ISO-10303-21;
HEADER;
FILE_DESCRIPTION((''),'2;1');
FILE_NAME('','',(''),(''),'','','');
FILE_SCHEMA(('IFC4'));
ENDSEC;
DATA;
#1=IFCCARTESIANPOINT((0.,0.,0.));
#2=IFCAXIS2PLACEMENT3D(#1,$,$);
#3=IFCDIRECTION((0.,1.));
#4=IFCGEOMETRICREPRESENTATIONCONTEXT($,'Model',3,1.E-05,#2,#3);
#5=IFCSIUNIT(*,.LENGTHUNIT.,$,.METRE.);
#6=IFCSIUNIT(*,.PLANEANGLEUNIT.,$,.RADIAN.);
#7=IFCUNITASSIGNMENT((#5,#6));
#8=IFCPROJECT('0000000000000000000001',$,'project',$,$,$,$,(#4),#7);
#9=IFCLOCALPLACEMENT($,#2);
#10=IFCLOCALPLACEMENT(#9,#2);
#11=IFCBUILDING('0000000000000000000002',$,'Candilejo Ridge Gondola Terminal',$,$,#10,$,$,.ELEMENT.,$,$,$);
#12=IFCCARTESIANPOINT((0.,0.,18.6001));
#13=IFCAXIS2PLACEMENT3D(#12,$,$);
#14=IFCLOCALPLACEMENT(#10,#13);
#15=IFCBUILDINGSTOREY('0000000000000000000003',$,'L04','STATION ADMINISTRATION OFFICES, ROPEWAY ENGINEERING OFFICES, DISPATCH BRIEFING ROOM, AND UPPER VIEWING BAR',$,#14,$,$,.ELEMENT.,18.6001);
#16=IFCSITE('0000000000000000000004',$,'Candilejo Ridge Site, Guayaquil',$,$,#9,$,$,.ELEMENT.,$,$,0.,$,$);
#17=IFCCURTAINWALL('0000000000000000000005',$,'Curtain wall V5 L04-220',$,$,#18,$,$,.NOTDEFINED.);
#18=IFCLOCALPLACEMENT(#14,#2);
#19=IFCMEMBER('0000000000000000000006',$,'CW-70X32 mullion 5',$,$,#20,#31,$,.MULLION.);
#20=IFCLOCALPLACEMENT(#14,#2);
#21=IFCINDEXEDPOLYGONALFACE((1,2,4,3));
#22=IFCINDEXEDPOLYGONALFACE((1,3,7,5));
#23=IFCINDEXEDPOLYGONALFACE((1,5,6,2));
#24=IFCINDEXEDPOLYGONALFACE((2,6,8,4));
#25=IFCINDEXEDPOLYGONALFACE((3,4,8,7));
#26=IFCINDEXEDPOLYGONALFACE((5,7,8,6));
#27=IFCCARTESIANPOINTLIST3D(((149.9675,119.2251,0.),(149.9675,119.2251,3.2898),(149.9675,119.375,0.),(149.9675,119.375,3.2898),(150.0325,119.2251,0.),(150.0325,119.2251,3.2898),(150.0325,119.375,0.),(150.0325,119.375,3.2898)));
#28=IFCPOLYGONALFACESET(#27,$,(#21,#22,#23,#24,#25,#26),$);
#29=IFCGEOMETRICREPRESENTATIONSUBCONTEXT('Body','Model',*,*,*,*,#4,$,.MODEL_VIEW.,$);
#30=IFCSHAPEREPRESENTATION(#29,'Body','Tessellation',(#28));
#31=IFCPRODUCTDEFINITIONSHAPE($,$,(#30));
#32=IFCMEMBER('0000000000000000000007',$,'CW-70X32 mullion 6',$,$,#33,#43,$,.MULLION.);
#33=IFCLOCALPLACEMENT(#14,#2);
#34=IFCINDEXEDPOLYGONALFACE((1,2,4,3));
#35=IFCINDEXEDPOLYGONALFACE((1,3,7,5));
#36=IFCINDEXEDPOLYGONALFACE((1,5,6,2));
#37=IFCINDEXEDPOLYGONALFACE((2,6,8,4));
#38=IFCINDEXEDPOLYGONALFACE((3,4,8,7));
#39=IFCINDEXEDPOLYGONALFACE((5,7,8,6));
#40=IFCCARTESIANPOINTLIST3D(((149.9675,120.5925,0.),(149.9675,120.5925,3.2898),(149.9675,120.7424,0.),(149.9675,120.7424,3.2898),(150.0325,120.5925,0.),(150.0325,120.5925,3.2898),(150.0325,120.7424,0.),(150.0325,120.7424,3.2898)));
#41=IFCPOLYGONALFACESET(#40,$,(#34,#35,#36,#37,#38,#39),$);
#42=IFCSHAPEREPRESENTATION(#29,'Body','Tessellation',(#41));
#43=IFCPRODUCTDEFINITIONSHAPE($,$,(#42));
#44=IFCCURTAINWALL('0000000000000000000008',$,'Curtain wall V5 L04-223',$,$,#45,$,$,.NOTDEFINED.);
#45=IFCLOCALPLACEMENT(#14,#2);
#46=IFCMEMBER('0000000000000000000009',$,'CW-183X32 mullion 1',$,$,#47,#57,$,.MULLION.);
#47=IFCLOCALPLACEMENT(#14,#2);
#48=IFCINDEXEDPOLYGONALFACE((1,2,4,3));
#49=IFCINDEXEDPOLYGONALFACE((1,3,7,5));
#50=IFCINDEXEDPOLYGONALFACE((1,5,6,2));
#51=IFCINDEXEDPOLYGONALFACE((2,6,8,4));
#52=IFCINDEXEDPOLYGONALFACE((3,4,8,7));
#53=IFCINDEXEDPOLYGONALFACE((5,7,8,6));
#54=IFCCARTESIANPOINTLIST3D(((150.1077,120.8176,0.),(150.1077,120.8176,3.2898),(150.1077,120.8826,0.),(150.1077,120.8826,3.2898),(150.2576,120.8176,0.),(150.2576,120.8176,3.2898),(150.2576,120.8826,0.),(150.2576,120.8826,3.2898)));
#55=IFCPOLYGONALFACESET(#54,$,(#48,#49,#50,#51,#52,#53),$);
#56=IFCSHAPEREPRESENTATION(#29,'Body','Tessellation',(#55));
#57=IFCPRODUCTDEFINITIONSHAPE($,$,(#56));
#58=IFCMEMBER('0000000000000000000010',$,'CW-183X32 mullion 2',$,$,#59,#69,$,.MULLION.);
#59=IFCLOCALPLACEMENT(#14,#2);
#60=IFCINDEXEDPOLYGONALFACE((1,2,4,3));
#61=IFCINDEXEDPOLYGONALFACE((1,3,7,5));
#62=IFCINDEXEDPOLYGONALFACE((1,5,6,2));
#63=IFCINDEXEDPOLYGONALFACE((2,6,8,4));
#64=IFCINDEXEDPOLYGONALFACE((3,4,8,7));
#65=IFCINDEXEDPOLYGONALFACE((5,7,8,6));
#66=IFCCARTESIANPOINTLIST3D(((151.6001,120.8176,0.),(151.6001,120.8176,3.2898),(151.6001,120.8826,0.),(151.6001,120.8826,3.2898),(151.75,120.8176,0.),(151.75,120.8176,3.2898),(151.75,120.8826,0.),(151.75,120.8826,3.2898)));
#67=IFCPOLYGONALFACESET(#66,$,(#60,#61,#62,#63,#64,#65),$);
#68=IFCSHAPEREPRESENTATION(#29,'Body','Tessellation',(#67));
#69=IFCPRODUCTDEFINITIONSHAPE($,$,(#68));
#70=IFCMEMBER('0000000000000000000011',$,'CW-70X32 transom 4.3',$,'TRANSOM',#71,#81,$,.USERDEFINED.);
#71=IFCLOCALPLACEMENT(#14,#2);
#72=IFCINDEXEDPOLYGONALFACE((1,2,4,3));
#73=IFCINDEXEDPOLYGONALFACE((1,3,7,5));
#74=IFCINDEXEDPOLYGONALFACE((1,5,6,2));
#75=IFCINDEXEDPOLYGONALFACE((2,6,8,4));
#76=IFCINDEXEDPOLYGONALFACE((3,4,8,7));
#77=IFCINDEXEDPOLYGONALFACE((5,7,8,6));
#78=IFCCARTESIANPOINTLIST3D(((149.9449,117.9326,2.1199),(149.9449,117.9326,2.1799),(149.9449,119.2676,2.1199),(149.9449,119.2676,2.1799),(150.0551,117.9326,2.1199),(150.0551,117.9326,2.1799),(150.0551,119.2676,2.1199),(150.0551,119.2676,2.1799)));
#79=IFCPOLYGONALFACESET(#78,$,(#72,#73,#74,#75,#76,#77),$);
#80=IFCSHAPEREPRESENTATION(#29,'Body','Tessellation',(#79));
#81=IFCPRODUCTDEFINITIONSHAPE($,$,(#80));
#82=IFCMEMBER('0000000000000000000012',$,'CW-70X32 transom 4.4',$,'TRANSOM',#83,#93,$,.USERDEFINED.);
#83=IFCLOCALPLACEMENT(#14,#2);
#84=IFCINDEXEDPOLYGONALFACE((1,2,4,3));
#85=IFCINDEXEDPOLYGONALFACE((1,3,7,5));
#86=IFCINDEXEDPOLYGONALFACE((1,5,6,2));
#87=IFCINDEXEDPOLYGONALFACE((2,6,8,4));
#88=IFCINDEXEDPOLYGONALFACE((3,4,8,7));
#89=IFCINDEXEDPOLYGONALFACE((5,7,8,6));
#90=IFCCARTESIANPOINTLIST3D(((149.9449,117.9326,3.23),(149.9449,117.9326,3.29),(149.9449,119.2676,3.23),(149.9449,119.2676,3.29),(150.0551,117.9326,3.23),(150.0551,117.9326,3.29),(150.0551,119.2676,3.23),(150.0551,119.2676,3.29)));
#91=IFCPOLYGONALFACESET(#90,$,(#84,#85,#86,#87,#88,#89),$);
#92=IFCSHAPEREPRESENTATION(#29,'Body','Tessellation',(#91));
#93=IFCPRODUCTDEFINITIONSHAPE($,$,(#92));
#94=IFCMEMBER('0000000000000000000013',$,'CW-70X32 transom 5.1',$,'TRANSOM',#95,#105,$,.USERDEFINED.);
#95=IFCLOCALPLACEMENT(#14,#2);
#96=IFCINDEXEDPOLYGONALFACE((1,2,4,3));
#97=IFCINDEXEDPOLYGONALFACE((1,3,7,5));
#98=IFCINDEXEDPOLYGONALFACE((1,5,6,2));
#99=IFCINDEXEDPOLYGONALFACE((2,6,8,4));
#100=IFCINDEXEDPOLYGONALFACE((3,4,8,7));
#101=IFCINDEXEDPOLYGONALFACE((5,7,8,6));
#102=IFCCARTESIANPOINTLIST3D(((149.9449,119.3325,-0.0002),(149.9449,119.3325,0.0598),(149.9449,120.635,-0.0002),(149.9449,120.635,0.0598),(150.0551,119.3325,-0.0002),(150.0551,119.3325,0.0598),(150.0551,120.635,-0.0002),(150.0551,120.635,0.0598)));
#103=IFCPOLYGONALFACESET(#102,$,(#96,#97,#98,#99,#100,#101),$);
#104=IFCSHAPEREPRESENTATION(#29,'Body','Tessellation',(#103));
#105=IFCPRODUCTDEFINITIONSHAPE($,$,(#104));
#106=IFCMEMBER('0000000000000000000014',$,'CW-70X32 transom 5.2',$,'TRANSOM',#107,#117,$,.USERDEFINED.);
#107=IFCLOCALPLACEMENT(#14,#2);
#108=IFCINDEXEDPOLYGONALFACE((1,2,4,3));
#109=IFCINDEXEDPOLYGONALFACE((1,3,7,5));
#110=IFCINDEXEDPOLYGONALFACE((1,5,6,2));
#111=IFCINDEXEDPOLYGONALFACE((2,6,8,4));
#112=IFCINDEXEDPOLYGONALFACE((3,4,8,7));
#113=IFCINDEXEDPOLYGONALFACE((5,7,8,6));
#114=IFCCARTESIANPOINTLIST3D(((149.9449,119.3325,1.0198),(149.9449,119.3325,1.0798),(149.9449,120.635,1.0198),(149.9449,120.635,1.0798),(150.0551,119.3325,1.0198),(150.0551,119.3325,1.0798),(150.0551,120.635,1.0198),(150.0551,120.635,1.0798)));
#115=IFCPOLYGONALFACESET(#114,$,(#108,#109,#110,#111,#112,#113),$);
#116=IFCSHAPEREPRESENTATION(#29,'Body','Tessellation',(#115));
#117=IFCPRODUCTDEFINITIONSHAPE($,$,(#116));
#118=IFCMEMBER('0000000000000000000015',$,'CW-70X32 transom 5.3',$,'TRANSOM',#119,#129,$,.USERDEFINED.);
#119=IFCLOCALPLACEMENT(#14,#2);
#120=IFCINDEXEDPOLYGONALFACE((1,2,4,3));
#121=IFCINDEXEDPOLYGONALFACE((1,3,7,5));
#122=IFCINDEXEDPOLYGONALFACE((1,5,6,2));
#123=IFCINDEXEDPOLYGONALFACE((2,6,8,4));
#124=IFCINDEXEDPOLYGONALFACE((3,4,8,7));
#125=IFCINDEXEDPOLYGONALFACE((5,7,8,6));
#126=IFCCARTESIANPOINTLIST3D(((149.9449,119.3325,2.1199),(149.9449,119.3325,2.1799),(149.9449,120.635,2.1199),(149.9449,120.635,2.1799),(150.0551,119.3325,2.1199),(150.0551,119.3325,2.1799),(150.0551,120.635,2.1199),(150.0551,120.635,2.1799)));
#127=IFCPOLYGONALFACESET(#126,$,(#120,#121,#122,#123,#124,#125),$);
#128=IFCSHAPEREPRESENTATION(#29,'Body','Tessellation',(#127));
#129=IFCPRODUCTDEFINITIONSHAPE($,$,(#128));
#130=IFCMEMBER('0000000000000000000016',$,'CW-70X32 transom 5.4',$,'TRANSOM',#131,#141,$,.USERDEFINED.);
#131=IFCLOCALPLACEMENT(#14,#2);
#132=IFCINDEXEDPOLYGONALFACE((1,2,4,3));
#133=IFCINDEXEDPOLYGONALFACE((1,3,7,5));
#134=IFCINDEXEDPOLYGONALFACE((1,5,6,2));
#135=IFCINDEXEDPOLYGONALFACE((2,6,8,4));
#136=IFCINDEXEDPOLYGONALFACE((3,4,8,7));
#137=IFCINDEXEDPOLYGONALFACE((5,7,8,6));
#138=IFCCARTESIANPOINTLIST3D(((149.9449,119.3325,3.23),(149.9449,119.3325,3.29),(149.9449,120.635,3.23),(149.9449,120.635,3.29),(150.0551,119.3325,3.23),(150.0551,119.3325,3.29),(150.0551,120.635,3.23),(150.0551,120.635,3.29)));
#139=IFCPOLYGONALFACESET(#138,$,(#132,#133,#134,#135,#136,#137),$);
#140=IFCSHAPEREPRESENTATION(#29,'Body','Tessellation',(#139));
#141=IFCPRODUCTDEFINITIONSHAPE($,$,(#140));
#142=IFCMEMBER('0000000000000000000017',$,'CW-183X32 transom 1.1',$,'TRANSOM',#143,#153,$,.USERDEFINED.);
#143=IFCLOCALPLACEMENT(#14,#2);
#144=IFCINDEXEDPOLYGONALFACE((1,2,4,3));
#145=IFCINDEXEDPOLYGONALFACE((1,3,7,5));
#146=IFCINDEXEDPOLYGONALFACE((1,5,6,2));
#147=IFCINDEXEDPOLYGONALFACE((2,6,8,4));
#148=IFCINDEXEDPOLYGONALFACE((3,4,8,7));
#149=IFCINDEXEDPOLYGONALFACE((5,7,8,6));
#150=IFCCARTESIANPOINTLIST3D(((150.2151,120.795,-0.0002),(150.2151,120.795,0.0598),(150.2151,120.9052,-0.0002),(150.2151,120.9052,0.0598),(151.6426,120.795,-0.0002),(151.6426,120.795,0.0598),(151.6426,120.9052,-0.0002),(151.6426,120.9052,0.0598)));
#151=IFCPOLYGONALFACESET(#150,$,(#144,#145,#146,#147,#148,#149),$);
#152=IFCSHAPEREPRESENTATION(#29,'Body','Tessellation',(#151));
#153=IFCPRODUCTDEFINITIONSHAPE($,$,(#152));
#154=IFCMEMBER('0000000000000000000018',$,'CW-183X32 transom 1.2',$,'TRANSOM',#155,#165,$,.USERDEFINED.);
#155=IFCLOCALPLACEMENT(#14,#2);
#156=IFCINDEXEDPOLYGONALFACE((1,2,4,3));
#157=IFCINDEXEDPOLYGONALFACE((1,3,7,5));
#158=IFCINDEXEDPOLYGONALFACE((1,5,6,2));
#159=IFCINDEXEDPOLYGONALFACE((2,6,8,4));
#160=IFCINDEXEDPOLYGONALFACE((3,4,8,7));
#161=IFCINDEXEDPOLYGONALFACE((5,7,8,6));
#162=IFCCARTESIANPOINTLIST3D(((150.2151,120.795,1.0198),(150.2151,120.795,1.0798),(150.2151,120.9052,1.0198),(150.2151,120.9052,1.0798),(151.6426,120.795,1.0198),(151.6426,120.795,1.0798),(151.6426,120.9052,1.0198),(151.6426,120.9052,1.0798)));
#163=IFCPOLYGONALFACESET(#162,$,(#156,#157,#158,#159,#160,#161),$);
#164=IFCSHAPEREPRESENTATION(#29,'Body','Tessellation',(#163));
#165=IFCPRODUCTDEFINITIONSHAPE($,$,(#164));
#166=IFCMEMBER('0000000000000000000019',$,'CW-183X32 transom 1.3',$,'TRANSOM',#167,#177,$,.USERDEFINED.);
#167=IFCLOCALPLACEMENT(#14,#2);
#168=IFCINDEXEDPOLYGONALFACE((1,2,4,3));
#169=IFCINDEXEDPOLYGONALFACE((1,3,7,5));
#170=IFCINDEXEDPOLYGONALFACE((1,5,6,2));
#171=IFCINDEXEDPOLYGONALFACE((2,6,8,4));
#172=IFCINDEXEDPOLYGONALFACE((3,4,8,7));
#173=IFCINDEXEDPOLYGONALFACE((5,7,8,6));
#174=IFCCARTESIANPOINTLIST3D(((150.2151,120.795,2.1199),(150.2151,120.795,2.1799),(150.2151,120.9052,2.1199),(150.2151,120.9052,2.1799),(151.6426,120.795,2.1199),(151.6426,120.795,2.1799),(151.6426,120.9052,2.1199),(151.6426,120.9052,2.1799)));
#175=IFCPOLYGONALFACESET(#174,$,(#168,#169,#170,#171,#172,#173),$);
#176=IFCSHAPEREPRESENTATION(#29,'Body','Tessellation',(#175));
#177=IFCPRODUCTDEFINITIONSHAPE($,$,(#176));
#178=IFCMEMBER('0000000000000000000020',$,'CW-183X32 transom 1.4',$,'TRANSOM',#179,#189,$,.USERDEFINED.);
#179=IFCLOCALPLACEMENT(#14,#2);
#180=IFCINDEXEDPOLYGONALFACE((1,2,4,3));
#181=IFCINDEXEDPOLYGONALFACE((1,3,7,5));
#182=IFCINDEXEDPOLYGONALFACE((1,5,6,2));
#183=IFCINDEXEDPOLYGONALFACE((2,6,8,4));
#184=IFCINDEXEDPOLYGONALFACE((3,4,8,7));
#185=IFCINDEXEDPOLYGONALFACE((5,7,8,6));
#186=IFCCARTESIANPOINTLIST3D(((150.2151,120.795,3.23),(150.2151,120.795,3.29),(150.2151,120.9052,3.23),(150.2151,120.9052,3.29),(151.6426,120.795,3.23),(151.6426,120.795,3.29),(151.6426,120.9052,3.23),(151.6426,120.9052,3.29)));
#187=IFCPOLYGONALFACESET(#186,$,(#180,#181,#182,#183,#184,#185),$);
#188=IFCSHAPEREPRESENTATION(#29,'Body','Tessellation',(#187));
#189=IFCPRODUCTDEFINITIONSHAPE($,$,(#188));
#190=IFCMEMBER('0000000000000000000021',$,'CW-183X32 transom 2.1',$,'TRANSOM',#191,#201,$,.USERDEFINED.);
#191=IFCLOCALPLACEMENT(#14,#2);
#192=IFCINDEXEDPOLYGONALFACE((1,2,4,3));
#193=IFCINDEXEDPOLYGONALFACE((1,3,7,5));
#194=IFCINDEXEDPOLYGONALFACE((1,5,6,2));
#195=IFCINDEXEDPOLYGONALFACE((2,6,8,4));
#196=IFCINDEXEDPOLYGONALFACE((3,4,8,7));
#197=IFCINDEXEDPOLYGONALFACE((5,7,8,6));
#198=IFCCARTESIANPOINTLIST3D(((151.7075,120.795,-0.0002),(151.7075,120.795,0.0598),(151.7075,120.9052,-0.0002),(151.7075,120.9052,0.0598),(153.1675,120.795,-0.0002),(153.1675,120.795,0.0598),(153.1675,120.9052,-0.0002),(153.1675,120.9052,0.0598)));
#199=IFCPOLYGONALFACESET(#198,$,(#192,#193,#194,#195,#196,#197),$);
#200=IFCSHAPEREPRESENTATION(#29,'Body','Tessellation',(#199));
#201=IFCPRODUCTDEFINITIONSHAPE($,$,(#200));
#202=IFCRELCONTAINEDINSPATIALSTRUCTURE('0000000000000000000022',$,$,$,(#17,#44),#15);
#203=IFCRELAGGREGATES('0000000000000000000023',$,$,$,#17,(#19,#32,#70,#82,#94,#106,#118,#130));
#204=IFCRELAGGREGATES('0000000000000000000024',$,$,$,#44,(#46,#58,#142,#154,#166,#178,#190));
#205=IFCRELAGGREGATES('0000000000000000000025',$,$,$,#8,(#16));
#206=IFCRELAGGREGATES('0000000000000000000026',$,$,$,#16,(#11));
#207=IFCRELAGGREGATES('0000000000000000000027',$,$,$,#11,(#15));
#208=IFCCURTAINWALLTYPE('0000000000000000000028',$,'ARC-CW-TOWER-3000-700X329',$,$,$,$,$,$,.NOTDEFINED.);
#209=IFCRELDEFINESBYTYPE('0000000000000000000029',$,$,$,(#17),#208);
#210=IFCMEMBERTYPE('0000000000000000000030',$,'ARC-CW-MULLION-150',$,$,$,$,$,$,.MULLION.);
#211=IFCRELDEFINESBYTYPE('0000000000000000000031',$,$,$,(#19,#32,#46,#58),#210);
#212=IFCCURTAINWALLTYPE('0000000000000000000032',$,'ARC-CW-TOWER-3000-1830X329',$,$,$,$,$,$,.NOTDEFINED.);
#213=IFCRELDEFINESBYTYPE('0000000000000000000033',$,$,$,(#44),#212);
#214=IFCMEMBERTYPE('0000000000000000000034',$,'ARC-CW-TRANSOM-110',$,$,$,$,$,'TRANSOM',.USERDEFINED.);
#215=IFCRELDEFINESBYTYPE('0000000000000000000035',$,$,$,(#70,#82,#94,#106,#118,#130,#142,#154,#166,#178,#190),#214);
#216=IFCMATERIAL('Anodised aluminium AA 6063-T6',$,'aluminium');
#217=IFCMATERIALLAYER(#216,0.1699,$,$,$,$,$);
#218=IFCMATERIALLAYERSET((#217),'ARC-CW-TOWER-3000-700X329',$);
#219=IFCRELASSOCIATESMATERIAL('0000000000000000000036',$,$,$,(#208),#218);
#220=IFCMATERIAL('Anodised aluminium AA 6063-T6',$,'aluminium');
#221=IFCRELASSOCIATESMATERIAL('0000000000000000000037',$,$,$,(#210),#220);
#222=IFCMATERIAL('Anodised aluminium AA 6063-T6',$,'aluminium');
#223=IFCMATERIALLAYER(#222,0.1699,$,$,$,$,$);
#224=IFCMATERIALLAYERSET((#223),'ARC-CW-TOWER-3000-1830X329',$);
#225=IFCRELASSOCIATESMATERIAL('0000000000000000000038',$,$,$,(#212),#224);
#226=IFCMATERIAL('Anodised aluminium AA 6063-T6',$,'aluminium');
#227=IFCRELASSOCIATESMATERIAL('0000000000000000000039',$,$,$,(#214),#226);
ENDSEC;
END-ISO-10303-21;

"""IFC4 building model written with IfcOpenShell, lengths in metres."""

from ifc_helpers import new_model, si_unit, direction, frame, origin, origin_2d, place, context, subcontext, project, spatial, rectangle, extrude, material, layer, layer_set, material_profile, profile_set, type_object, element, aggregate, save


model = new_model("IFC4")

# Units and contexts
model_context = context("Model", 3, precision=1e-05, world=origin(), true_north=direction((0.0, 1.0)))
body_context = subcontext(model_context, "Body", "Model", "MODEL_VIEW")
ifc_project = project(units=[si_unit("LENGTHUNIT", "METRE"), si_unit("PLANEANGLEUNIT", "RADIAN")], contexts=[model_context])

# Site, building, storey
site_placement = place(None, origin())
site = spatial("IfcSite", under=ifc_project, at=site_placement, Name="Candilejo Ridge Site, Guayaquil", CompositionType="ELEMENT", RefElevation=0.0)
building_placement = place(site_placement, origin())
building = spatial("IfcBuilding", under=site, at=building_placement, Name="Candilejo Ridge Gondola Terminal", CompositionType="ELEMENT")
storey_placement = place(building_placement, frame((0.0, 0.0, 18.6001)))
storey = spatial("IfcBuildingStorey", under=building, at=storey_placement, Name="L04", Description="STATION ADMINISTRATION OFFICES, ROPEWAY ENGINEERING OFFICES, DISPATCH BRIEFING ROOM, AND UPPER VIEWING BAR", CompositionType="ELEMENT", Elevation=18.6001)

# Curtain walls, members
ifc_material_1 = material(Name="Anodised aluminium AA 6063-T6", Category="aluminium")
ifc_layer_1 = layer(ifc_material_1, 0.1699)
ifc_layer_set_1 = layer_set([ifc_layer_1], Name="ARC-CW-TOWER-3000-700X329")
curtain_wall_type_1 = type_object("IfcCurtainWallType", Name="ARC-CW-TOWER-3000-700X329", PredefinedType="NOTDEFINED", material=ifc_layer_set_1)
curtain_wall_1_placement = place(storey_placement, origin())
curtain_wall_1 = element("IfcCurtainWall", 1, at=curtain_wall_1_placement, inside=storey, type_object=curtain_wall_type_1, Name="Curtain wall V5 L04-220", PredefinedType="NOTDEFINED")
ifc_material_2 = material(Name="Anodised aluminium AA 6063-T6", Category="aluminium")
ifc_material_profile_1 = material_profile(ifc_material_2, rectangle(XDim=0.0649, YDim=0.1499, at=origin_2d()))
ifc_profile_set_1 = profile_set([ifc_material_profile_1], Name="Anodised aluminium AA 6063-T6")
member_type_1 = type_object("IfcMemberType", Name="ARC-CW-MULLION-150", PredefinedType="MULLION", material=ifc_profile_set_1)
member_1_placement = place(storey_placement, frame((150.0, 119.3, 0.0), z_axis=(0.0, 0.0, 1.0), x_axis=(-1.0, 0.0, 0.0)))
member_1 = element("IfcMember", 2, at=member_1_placement, type_object=member_type_1, Name="CW-70X32 mullion 5", PredefinedType="MULLION", context=body_context, shape_type="SweptSolid", body=[
    extrude(rectangle(XDim=0.0649, YDim=0.1499, at=origin_2d()), origin(), (0.0, 0.0, 1.0), 3.2898),
])
member_2_placement = place(storey_placement, frame((150.0, 120.6675, 0.0), z_axis=(0.0, 0.0, 1.0), x_axis=(-1.0, 0.0, 0.0)))
member_2 = element("IfcMember", 3, at=member_2_placement, type_object=member_type_1, Name="CW-70X32 mullion 6", PredefinedType="MULLION", context=body_context, shape_type="SweptSolid", body=[
    extrude(rectangle(XDim=0.0649, YDim=0.1499, at=origin_2d()), origin(), (0.0, 0.0, 1.0), 3.2898),
])
ifc_material_3 = material(Name="Anodised aluminium AA 6063-T6", Category="aluminium")
ifc_layer_2 = layer(ifc_material_3, 0.1699)
ifc_layer_set_2 = layer_set([ifc_layer_2], Name="ARC-CW-TOWER-3000-1830X329")
curtain_wall_type_2 = type_object("IfcCurtainWallType", Name="ARC-CW-TOWER-3000-1830X329", PredefinedType="NOTDEFINED", material=ifc_layer_set_2)
curtain_wall_2_placement = place(storey_placement, origin())
curtain_wall_2 = element("IfcCurtainWall", 4, at=curtain_wall_2_placement, inside=storey, type_object=curtain_wall_type_2, Name="Curtain wall V5 L04-223", PredefinedType="NOTDEFINED")
member_3_placement = place(storey_placement, frame((150.1826, 120.8501, 0.0), z_axis=(0.0, 0.0, 1.0), x_axis=(0.0, 1.0, 0.0)))
member_3 = element("IfcMember", 5, at=member_3_placement, type_object=member_type_1, Name="CW-183X32 mullion 1", PredefinedType="MULLION", context=body_context, shape_type="SweptSolid", body=[
    extrude(rectangle(XDim=0.0649, YDim=0.1499, at=origin_2d()), origin(), (0.0, 0.0, 1.0), 3.2898),
])
member_4_placement = place(storey_placement, frame((151.675, 120.8501, 0.0), z_axis=(0.0, 0.0, 1.0), x_axis=(0.0, 1.0, 0.0)))
member_4 = element("IfcMember", 6, at=member_4_placement, type_object=member_type_1, Name="CW-183X32 mullion 2", PredefinedType="MULLION", context=body_context, shape_type="SweptSolid", body=[
    extrude(rectangle(XDim=0.0649, YDim=0.1499, at=origin_2d()), origin(), (0.0, 0.0, 1.0), 3.2898),
])

# Members
ifc_material_4 = material(Name="Anodised aluminium AA 6063-T6", Category="aluminium")
ifc_material_profile_2 = material_profile(ifc_material_4, rectangle(XDim=0.1101, YDim=0.0601, at=origin_2d()))
ifc_profile_set_2 = profile_set([ifc_material_profile_2], Name="Anodised aluminium AA 6063-T6")
member_type_2 = type_object("IfcMemberType", Name="ARC-CW-TRANSOM-110", ElementType="TRANSOM", PredefinedType="USERDEFINED", material=ifc_profile_set_2)
member_5_placement = place(storey_placement, frame((150.0, 117.9326, 2.1499), z_axis=(0.0, 1.0, 0.0), x_axis=(-1.0, 0.0, 0.0)))
member_5 = element("IfcMember", 7, at=member_5_placement, type_object=member_type_2, Name="CW-70X32 transom 4.3", ObjectType="TRANSOM", PredefinedType="USERDEFINED", context=body_context, shape_type="SweptSolid", body=[
    extrude(rectangle(XDim=0.1101, YDim=0.0601, at=origin_2d()), origin(), (0.0, 0.0, 1.0), 1.335),
])
member_6_placement = place(storey_placement, frame((150.0, 117.9326, 3.26), z_axis=(0.0, 1.0, 0.0), x_axis=(-1.0, 0.0, 0.0)))
member_6 = element("IfcMember", 8, at=member_6_placement, type_object=member_type_2, Name="CW-70X32 transom 4.4", ObjectType="TRANSOM", PredefinedType="USERDEFINED", context=body_context, shape_type="SweptSolid", body=[
    extrude(rectangle(XDim=0.1101, YDim=0.0601, at=origin_2d()), origin(), (0.0, 0.0, 1.0), 1.335),
])
member_7_placement = place(storey_placement, frame((150.0, 119.3325, 0.0298), z_axis=(0.0, 1.0, 0.0), x_axis=(-1.0, 0.0, 0.0)))
member_7 = element("IfcMember", 9, at=member_7_placement, type_object=member_type_2, Name="CW-70X32 transom 5.1", ObjectType="TRANSOM", PredefinedType="USERDEFINED", context=body_context, shape_type="SweptSolid", body=[
    extrude(rectangle(XDim=0.1101, YDim=0.0601, at=origin_2d()), origin(), (0.0, 0.0, 1.0), 1.3025),
])
member_8_placement = place(storey_placement, frame((150.0, 119.3325, 1.0498), z_axis=(0.0, 1.0, 0.0), x_axis=(-1.0, 0.0, 0.0)))
member_8 = element("IfcMember", 10, at=member_8_placement, type_object=member_type_2, Name="CW-70X32 transom 5.2", ObjectType="TRANSOM", PredefinedType="USERDEFINED", context=body_context, shape_type="SweptSolid", body=[
    extrude(rectangle(XDim=0.1101, YDim=0.0601, at=origin_2d()), origin(), (0.0, 0.0, 1.0), 1.3025),
])
member_9_placement = place(storey_placement, frame((150.0, 119.3325, 2.1499), z_axis=(0.0, 1.0, 0.0), x_axis=(-1.0, 0.0, 0.0)))
member_9 = element("IfcMember", 11, at=member_9_placement, type_object=member_type_2, Name="CW-70X32 transom 5.3", ObjectType="TRANSOM", PredefinedType="USERDEFINED", context=body_context, shape_type="SweptSolid", body=[
    extrude(rectangle(XDim=0.1101, YDim=0.0601, at=origin_2d()), origin(), (0.0, 0.0, 1.0), 1.3025),
])
member_10_placement = place(storey_placement, frame((150.0, 119.3325, 3.26), z_axis=(0.0, 1.0, 0.0), x_axis=(-1.0, 0.0, 0.0)))
member_10 = element("IfcMember", 12, at=member_10_placement, type_object=member_type_2, Name="CW-70X32 transom 5.4", ObjectType="TRANSOM", PredefinedType="USERDEFINED", context=body_context, shape_type="SweptSolid", body=[
    extrude(rectangle(XDim=0.1101, YDim=0.0601, at=origin_2d()), origin(), (0.0, 0.0, 1.0), 1.3025),
])
member_11_placement = place(storey_placement, frame((150.2151, 120.8501, 0.0298), z_axis=(1.0, 0.0, 0.0), x_axis=(0.0, 1.0, 0.0)))
member_11 = element("IfcMember", 13, at=member_11_placement, type_object=member_type_2, Name="CW-183X32 transom 1.1", ObjectType="TRANSOM", PredefinedType="USERDEFINED", context=body_context, shape_type="SweptSolid", body=[
    extrude(rectangle(XDim=0.1101, YDim=0.0601, at=origin_2d()), origin(), (0.0, 0.0, 1.0), 1.4275),
])
member_12_placement = place(storey_placement, frame((150.2151, 120.8501, 1.0498), z_axis=(1.0, 0.0, 0.0), x_axis=(0.0, 1.0, 0.0)))
member_12 = element("IfcMember", 14, at=member_12_placement, type_object=member_type_2, Name="CW-183X32 transom 1.2", ObjectType="TRANSOM", PredefinedType="USERDEFINED", context=body_context, shape_type="SweptSolid", body=[
    extrude(rectangle(XDim=0.1101, YDim=0.0601, at=origin_2d()), origin(), (0.0, 0.0, 1.0), 1.4275),
])
member_13_placement = place(storey_placement, frame((150.2151, 120.8501, 2.1499), z_axis=(1.0, 0.0, 0.0), x_axis=(0.0, 1.0, 0.0)))
member_13 = element("IfcMember", 15, at=member_13_placement, type_object=member_type_2, Name="CW-183X32 transom 1.3", ObjectType="TRANSOM", PredefinedType="USERDEFINED", context=body_context, shape_type="SweptSolid", body=[
    extrude(rectangle(XDim=0.1101, YDim=0.0601, at=origin_2d()), origin(), (0.0, 0.0, 1.0), 1.4275),
])
member_14_placement = place(storey_placement, frame((150.2151, 120.8501, 3.26), z_axis=(1.0, 0.0, 0.0), x_axis=(0.0, 1.0, 0.0)))
member_14 = element("IfcMember", 16, at=member_14_placement, type_object=member_type_2, Name="CW-183X32 transom 1.4", ObjectType="TRANSOM", PredefinedType="USERDEFINED", context=body_context, shape_type="SweptSolid", body=[
    extrude(rectangle(XDim=0.1101, YDim=0.0601, at=origin_2d()), origin(), (0.0, 0.0, 1.0), 1.4275),
])
member_15_placement = place(storey_placement, frame((151.7075, 120.8501, 0.0298), z_axis=(1.0, 0.0, 0.0), x_axis=(0.0, 1.0, 0.0)))
member_15 = element("IfcMember", 17, at=member_15_placement, type_object=member_type_2, Name="CW-183X32 transom 2.1", ObjectType="TRANSOM", PredefinedType="USERDEFINED", context=body_context, shape_type="SweptSolid", body=[
    extrude(rectangle(XDim=0.1101, YDim=0.0601, at=origin_2d()), origin(), (0.0, 0.0, 1.0), 1.46),
])

aggregate(curtain_wall_1, [member_1, member_2, member_5, member_6, member_7, member_8, member_9, member_10])
aggregate(curtain_wall_2, [member_3, member_4, member_11, member_12, member_13, member_14, member_15])

save(model, "model.ifc")
